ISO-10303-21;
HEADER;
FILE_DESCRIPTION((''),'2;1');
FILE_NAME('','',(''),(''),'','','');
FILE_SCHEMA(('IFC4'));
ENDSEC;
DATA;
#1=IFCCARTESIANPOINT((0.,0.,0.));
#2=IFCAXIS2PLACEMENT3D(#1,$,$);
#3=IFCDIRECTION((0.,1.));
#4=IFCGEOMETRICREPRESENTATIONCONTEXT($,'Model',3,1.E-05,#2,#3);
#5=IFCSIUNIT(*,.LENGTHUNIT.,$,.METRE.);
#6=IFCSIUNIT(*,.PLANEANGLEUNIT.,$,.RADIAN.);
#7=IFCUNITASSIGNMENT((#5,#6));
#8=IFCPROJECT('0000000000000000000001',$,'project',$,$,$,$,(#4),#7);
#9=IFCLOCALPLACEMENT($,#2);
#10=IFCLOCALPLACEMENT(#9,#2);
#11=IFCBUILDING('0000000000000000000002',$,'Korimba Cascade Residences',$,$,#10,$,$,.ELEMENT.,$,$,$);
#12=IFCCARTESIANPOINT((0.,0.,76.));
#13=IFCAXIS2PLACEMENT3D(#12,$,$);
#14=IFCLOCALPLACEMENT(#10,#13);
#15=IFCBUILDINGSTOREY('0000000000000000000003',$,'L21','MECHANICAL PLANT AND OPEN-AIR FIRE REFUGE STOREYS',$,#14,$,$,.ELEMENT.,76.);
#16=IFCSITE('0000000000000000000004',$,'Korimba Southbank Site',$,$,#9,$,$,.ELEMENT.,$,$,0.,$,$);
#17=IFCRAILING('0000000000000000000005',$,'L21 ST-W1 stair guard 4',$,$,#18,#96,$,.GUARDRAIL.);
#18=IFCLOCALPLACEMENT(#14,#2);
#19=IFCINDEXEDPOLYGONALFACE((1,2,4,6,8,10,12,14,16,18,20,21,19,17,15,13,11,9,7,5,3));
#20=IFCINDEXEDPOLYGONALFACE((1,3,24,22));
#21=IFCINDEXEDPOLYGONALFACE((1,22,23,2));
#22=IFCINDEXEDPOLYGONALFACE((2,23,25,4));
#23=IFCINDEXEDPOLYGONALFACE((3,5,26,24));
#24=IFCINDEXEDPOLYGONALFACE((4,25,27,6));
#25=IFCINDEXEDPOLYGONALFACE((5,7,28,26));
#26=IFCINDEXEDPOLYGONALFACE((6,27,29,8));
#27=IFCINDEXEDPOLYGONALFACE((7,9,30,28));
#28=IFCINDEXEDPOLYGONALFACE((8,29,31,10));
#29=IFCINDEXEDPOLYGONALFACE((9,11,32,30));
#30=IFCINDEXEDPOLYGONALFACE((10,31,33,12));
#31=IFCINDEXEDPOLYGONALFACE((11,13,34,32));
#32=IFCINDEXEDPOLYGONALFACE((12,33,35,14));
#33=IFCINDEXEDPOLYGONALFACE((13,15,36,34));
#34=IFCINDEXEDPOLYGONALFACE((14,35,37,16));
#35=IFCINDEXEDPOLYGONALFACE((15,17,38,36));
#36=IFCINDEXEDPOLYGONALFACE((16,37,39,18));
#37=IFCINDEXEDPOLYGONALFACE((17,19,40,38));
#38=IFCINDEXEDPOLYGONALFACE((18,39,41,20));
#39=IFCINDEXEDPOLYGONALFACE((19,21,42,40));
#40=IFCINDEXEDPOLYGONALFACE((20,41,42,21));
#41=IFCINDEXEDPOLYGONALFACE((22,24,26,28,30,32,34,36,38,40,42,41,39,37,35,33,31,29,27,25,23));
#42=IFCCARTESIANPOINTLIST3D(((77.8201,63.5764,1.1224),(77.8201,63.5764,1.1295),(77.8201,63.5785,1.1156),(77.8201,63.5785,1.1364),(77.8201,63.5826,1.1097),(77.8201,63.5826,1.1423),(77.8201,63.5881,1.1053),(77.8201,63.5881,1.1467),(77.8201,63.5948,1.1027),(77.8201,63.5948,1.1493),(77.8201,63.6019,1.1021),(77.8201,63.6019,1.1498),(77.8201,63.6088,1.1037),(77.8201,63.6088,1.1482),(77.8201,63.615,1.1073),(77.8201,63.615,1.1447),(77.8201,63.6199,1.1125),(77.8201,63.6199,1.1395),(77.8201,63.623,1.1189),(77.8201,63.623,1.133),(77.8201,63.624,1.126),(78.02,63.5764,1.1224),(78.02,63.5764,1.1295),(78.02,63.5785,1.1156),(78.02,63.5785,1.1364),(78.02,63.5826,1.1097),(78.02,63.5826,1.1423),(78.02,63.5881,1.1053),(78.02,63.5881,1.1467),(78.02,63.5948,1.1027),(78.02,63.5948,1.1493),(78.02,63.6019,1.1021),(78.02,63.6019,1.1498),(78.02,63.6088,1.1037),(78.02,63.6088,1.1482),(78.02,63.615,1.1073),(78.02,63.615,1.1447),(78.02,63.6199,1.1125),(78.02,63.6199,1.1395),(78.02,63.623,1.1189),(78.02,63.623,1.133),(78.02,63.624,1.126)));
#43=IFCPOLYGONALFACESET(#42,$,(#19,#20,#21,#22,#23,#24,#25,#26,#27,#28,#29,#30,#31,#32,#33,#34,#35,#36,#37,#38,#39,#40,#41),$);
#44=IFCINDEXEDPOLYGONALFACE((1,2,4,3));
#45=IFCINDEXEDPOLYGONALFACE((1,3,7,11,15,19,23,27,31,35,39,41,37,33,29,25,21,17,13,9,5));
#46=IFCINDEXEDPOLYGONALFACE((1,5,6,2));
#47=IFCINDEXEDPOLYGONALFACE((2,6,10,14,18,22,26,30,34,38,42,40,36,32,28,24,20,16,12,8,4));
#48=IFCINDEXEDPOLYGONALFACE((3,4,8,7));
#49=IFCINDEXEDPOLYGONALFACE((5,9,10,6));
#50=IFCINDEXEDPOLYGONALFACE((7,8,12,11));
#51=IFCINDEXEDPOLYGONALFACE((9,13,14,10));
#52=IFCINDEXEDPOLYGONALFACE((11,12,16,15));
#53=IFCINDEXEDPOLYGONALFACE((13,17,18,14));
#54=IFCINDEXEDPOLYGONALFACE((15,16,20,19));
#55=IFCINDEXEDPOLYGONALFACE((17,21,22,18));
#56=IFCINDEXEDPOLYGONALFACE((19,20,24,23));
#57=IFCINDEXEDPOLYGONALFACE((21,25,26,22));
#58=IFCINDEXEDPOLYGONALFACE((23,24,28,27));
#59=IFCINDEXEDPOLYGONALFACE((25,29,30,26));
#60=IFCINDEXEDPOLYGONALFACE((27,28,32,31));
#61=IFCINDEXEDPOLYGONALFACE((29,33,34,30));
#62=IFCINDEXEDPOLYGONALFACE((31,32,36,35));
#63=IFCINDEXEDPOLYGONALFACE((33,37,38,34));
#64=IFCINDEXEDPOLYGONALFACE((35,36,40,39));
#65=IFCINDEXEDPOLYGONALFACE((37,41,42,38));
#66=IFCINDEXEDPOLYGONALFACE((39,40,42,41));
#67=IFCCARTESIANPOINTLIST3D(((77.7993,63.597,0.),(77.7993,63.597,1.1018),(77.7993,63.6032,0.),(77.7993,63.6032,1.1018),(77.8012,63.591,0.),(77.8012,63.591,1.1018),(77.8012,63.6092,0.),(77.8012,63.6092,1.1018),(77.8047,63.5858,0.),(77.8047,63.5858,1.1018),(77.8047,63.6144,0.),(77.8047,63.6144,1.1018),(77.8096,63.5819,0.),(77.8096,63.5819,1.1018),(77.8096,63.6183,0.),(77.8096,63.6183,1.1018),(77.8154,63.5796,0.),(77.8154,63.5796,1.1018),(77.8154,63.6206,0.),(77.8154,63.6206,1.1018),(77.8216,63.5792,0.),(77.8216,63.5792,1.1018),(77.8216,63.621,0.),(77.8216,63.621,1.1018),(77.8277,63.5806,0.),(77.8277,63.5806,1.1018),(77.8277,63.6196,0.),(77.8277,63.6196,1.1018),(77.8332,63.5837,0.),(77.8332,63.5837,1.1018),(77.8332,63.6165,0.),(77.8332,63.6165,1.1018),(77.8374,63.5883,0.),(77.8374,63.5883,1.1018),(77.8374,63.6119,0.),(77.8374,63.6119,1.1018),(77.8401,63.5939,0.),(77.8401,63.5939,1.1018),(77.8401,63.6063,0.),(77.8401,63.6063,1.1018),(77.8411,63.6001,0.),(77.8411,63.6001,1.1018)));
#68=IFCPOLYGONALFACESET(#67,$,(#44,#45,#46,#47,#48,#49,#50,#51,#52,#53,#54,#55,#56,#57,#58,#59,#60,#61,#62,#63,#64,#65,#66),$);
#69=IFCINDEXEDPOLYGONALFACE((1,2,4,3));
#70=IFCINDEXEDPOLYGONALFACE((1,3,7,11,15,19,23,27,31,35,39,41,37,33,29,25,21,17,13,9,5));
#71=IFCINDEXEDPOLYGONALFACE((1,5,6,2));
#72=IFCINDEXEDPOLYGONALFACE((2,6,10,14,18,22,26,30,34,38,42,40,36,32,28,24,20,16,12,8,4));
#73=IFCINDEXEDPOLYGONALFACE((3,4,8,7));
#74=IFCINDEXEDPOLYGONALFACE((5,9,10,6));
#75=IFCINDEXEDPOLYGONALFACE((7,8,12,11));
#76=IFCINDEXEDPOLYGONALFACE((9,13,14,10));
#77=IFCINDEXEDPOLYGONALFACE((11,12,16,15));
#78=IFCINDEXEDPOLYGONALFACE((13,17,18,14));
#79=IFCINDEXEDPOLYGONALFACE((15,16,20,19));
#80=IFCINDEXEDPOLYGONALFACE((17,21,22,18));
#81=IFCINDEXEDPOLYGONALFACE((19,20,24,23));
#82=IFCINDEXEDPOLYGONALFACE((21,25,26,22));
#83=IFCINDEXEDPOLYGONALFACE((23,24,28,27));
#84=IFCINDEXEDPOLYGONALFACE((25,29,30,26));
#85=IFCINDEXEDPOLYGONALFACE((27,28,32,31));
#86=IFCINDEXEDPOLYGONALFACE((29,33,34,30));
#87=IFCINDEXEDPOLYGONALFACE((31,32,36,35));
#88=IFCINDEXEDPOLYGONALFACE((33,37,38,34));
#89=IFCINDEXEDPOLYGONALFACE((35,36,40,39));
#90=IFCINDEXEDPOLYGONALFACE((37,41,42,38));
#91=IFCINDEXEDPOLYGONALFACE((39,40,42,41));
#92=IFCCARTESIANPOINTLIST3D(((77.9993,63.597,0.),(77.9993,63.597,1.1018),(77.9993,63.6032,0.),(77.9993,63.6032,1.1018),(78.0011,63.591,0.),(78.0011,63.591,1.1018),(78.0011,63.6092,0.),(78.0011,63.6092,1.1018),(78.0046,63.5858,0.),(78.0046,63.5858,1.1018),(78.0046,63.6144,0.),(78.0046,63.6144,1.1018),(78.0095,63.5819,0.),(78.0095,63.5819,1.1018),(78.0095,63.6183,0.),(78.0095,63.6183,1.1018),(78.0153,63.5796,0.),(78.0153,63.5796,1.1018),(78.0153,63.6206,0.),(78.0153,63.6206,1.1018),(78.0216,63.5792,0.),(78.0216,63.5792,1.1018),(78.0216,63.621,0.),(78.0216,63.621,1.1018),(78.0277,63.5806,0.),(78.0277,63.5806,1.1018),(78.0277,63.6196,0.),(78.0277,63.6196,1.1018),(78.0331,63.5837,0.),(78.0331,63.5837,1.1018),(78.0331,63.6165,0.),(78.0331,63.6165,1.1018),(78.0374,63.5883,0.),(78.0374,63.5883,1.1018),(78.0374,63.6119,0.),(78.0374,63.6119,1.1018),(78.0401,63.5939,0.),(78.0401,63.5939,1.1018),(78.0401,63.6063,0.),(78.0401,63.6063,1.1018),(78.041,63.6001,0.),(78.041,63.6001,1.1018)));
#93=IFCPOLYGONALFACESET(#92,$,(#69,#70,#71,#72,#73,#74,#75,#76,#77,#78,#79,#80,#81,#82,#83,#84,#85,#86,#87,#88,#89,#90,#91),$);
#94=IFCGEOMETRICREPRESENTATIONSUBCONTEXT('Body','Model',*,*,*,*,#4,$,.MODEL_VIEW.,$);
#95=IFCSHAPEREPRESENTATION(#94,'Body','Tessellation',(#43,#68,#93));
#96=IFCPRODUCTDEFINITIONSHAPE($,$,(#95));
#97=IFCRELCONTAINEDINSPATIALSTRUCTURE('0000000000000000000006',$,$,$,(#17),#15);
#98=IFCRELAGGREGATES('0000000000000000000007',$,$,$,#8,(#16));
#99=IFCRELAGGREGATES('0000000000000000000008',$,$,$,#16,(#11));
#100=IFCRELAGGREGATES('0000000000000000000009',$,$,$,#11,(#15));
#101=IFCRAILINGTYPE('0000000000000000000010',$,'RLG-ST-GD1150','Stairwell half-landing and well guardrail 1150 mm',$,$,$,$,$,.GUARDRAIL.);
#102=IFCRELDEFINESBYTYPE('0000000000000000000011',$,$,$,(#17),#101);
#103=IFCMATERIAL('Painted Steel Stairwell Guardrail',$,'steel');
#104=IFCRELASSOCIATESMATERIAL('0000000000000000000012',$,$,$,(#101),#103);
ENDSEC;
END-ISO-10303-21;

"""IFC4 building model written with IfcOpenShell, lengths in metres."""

from ifc_helpers import new_model, si_unit, direction, frame, origin, origin_2d, place, context, subcontext, project, spatial, circle, extrude, material, type_object, element, save


model = new_model("IFC4")

# Units and contexts
model_context = context("Model", 3, precision=1e-05, world=origin(), true_north=direction((0.0, 1.0)))
body_context = subcontext(model_context, "Body", "Model", "MODEL_VIEW")
ifc_project = project(units=[si_unit("LENGTHUNIT", "METRE"), si_unit("PLANEANGLEUNIT", "RADIAN")], contexts=[model_context])

# Site, building, storey
site_placement = place(None, origin())
site = spatial("IfcSite", under=ifc_project, at=site_placement, Name="Korimba Southbank Site", CompositionType="ELEMENT", RefElevation=0.0)
building_placement = place(site_placement, origin())
building = spatial("IfcBuilding", under=site, at=building_placement, Name="Korimba Cascade Residences", CompositionType="ELEMENT")
storey_placement = place(building_placement, frame((0.0, 0.0, 76.0)))
storey = spatial("IfcBuildingStorey", under=building, at=storey_placement, Name="L21", Description="MECHANICAL PLANT AND OPEN-AIR FIRE REFUGE STOREYS", CompositionType="ELEMENT", Elevation=76.0)

# Railing
ifc_material_1 = material(Name="Painted Steel Stairwell Guardrail", Category="steel")
railing_type_1 = type_object("IfcRailingType", Name="RLG-ST-GD1150", Description="Stairwell half-landing and well guardrail 1150 mm", PredefinedType="GUARDRAIL", material=ifc_material_1)
railing_1_placement = place(storey_placement, frame((77.8201, 63.6001, 0.0)))
element("IfcRailing", 1, at=railing_1_placement, inside=storey, type_object=railing_type_1, Name="L21 ST-W1 stair guard 4", PredefinedType="GUARDRAIL", context=body_context, shape_type="SweptSolid", body=[
    extrude(circle(Radius=0.0239, at=origin_2d()), frame((0.0, 0.0, 1.126), z_axis=(1.0, 0.0, 0.0), x_axis=(0.0, 1.0, 0.0)), (0.0, 0.0, 1.0), 0.2),
    extrude(circle(Radius=0.021, at=origin_2d()), origin(), (0.0, 0.0, 1.0), 1.1018),
    extrude(circle(Radius=0.021, at=origin_2d()), frame((0.2, 0.0, 0.0)), (0.0, 0.0, 1.0), 1.1018),
])

save(model, "model.ifc")
